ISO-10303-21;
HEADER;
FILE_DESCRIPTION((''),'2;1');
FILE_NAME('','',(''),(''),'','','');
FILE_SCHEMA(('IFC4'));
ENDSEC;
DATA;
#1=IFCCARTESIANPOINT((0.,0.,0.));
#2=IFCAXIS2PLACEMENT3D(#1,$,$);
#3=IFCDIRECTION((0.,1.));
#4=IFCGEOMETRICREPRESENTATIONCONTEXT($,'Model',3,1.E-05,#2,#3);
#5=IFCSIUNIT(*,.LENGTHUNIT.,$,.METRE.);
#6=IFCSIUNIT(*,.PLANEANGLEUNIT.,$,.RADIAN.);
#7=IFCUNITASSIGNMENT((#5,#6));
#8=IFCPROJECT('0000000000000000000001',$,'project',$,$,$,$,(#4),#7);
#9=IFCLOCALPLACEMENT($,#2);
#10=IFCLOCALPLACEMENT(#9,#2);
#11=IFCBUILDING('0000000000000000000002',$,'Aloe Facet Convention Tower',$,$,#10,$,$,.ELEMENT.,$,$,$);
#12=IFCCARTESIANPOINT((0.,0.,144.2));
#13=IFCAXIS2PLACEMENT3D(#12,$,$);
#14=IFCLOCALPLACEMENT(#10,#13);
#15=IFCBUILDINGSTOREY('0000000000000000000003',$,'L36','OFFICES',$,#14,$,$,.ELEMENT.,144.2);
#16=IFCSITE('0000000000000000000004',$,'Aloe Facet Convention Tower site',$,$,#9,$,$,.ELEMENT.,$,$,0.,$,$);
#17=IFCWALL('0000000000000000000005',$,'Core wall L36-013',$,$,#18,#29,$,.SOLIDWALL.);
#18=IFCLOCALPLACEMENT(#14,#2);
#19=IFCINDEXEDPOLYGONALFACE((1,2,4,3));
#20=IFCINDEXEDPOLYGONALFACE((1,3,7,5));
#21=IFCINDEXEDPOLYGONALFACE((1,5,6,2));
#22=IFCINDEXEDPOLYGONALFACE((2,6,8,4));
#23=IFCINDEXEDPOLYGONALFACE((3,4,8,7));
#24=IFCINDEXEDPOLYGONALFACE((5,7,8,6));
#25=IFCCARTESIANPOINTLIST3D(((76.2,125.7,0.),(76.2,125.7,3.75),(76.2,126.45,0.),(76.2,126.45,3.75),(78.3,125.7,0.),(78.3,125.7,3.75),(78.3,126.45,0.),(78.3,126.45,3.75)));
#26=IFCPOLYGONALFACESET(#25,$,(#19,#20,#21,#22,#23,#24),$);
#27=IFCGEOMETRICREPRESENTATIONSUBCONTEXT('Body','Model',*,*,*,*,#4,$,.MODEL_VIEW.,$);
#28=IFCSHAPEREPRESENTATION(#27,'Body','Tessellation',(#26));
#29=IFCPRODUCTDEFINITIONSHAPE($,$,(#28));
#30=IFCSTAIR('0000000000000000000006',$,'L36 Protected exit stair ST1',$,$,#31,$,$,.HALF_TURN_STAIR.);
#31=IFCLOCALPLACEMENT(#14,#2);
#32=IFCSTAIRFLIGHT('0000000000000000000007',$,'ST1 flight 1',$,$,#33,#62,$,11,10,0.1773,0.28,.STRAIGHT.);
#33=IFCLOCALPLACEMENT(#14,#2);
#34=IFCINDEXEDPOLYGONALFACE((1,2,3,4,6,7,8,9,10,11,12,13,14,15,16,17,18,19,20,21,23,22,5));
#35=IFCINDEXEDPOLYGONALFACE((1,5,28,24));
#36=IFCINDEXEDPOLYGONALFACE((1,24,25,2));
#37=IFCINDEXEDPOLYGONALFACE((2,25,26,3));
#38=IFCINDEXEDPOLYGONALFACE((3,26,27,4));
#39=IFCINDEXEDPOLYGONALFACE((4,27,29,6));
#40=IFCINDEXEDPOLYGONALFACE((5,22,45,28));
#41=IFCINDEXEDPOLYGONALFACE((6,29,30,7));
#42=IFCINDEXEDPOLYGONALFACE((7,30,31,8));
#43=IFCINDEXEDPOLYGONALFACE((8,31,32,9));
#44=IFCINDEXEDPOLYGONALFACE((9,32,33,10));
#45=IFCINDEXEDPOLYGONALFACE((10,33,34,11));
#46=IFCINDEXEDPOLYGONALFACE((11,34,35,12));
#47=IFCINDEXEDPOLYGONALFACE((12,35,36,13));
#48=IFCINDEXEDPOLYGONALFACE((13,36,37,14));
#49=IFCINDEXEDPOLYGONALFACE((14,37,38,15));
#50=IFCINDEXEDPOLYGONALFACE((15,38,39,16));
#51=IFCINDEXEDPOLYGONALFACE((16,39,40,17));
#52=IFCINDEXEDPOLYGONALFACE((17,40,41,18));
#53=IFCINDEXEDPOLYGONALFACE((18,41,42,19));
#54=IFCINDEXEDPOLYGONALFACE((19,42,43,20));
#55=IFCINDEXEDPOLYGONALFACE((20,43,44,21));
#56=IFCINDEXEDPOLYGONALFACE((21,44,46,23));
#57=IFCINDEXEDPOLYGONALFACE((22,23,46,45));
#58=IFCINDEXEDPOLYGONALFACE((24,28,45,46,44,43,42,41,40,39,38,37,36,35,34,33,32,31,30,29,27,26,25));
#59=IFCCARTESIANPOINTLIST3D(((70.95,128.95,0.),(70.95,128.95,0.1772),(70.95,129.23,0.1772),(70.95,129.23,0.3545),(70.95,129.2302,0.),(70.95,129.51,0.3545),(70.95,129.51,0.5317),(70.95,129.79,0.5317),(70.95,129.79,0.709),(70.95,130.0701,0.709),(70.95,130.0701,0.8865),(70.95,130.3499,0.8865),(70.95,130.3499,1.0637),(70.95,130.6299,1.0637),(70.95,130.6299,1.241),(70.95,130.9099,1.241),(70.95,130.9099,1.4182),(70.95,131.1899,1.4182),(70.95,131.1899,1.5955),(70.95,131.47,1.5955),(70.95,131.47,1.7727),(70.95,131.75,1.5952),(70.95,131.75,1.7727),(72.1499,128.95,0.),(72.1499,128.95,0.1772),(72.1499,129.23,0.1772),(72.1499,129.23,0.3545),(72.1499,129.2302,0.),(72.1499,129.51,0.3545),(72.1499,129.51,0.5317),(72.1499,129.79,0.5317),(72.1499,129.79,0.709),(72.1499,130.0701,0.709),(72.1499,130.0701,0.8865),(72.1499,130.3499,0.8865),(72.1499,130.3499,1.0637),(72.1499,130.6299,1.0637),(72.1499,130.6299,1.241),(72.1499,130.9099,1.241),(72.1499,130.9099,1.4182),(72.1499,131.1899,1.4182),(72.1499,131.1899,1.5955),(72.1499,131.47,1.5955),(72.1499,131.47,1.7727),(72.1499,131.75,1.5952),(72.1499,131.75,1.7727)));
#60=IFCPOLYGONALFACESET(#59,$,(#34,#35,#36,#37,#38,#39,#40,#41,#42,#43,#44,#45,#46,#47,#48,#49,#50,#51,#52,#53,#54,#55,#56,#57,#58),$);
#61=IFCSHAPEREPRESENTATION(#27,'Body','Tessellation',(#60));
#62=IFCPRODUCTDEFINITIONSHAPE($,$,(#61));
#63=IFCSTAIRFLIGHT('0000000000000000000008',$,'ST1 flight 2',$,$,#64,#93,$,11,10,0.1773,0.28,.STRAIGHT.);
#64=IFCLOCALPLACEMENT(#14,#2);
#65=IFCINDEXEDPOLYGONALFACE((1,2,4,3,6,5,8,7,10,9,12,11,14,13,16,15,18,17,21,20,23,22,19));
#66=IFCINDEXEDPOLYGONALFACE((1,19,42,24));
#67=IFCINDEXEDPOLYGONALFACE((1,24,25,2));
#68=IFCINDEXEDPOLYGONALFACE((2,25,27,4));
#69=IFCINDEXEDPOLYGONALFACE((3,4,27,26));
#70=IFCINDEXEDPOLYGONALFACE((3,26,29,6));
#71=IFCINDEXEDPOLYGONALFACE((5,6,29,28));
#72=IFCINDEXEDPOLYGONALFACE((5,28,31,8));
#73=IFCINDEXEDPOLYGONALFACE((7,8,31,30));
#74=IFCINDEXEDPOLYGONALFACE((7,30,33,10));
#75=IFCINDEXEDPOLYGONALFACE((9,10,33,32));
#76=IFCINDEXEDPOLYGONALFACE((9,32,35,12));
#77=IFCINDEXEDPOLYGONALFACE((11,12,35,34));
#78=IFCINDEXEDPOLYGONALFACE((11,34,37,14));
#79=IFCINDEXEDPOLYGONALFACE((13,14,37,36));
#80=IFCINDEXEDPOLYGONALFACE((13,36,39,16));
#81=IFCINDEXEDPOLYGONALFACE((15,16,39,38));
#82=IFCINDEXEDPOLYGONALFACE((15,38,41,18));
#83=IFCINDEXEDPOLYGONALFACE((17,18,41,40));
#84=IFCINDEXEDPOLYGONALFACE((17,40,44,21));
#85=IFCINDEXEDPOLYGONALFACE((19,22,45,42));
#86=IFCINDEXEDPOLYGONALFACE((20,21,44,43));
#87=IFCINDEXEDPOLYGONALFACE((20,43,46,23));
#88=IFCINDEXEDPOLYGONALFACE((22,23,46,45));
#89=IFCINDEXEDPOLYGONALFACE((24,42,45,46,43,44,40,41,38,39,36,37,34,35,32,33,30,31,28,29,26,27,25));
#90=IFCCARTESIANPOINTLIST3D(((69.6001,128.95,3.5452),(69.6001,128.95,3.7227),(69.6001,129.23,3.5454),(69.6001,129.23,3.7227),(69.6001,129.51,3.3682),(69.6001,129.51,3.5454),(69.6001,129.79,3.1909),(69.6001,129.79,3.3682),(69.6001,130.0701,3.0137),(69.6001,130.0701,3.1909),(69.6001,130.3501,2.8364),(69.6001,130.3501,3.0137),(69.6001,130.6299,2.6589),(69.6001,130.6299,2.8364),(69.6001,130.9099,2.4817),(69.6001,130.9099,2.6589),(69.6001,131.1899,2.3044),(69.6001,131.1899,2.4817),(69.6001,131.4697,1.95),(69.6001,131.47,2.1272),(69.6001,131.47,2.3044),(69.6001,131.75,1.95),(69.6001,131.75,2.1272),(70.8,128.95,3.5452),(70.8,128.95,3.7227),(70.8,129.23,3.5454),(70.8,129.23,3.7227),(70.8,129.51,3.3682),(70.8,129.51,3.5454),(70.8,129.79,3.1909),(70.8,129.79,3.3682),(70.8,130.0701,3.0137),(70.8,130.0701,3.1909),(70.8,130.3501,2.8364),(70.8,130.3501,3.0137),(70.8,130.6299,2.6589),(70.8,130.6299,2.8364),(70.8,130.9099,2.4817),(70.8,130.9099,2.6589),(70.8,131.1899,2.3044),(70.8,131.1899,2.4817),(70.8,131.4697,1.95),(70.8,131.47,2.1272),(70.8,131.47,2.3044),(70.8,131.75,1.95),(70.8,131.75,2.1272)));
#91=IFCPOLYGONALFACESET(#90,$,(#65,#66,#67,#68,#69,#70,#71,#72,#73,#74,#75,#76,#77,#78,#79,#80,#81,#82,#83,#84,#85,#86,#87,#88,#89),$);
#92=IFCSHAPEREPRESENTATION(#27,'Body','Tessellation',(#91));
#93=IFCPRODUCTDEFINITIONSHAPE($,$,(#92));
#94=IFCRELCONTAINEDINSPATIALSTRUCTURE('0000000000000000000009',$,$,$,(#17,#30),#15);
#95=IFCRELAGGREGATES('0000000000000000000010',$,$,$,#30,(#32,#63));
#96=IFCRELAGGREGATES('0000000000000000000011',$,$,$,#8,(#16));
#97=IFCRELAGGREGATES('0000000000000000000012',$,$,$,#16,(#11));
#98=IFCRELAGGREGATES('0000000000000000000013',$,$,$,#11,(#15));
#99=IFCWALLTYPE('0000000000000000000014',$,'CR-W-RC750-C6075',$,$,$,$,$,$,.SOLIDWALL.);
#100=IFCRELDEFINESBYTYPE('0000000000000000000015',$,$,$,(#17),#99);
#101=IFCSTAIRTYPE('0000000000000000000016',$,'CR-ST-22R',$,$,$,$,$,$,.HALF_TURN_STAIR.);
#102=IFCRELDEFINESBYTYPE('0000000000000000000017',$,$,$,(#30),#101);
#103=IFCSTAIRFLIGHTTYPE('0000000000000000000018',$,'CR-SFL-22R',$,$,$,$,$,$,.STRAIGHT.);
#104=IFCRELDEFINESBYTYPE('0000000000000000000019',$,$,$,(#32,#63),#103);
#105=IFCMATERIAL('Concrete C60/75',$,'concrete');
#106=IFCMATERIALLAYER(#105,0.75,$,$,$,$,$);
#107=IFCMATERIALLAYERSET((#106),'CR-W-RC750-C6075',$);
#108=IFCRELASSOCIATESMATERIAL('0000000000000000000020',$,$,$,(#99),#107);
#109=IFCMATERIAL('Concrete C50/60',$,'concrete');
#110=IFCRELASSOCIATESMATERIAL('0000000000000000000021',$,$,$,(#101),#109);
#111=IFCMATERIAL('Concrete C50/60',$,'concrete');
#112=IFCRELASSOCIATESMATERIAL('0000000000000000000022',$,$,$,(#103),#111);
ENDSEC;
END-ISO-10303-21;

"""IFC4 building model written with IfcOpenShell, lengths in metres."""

from ifc_helpers import new_model, si_unit, direction, frame, frame_2d, origin, place, context, subcontext, project, spatial, polyline, rectangle, outline, extrude, material, layer, layer_set, type_object, element, aggregate, save


model = new_model("IFC4")

# Units and contexts
model_context = context("Model", 3, precision=1e-05, world=origin(), true_north=direction((0.0, 1.0)))
body_context = subcontext(model_context, "Body", "Model", "MODEL_VIEW")
ifc_project = project(units=[si_unit("LENGTHUNIT", "METRE"), si_unit("PLANEANGLEUNIT", "RADIAN")], contexts=[model_context])

# Site, building, storey
site_placement = place(None, origin())
site = spatial("IfcSite", under=ifc_project, at=site_placement, Name="Aloe Facet Convention Tower site", CompositionType="ELEMENT", RefElevation=0.0)
building_placement = place(site_placement, origin())
building = spatial("IfcBuilding", under=site, at=building_placement, Name="Aloe Facet Convention Tower", CompositionType="ELEMENT")
storey_placement = place(building_placement, frame((0.0, 0.0, 144.2)))
storey = spatial("IfcBuildingStorey", under=building, at=storey_placement, Name="L36", Description="OFFICES", CompositionType="ELEMENT", Elevation=144.2)

# Wall
ifc_material_1 = material(Name="Concrete C60/75", Category="concrete")
ifc_layer_1 = layer(ifc_material_1, 0.75)
ifc_layer_set_1 = layer_set([ifc_layer_1], Name="CR-W-RC750-C6075")
wall_type_1 = type_object("IfcWallType", Name="CR-W-RC750-C6075", PredefinedType="SOLIDWALL", material=ifc_layer_set_1)
wall_1_placement = place(storey_placement, frame((76.2, 126.075, 0.0), z_axis=(0.0, 0.0, 1.0), x_axis=(1.0, 0.0, 0.0)))
element("IfcWall", 1, at=wall_1_placement, inside=storey, type_object=wall_type_1, Name="Core wall L36-013", PredefinedType="SOLIDWALL", context=body_context, shape_type="SweptSolid", body=[
    extrude(rectangle(XDim=2.1001, YDim=0.75, at=frame_2d((1.05, 0.0))), origin(), (0.0, 0.0, 1.0), 3.75),
])

# Stair, stair flights
ifc_material_2 = material(Name="Concrete C50/60", Category="concrete")
stair_type = type_object("IfcStairType", Name="CR-ST-22R", PredefinedType="HALF_TURN_STAIR", material=ifc_material_2)
stair_placement = place(storey_placement, origin())
stair = element("IfcStair", 2, at=stair_placement, inside=storey, type_object=stair_type, Name="L36 Protected exit stair ST1", PredefinedType="HALF_TURN_STAIR")
ifc_material_3 = material(Name="Concrete C50/60", Category="concrete")
stair_flight_type = type_object("IfcStairFlightType", Name="CR-SFL-22R", PredefinedType="STRAIGHT", material=ifc_material_3)
stair_flight_1_placement = place(storey_placement, frame((71.55, 128.95, 0.0), z_axis=(0.0, 0.0, 1.0), x_axis=(0.0, 1.0, 0.0)))
stair_flight_1 = element("IfcStairFlight", 3, at=stair_flight_1_placement, type_object=stair_flight_type, Name="ST1 flight 1", NumberOfRisers=11, NumberOfTreads=10, PredefinedType="STRAIGHT", RiserHeight=0.1773, TreadLength=0.28, context=body_context, shape_type="SweptSolid", body=[
    extrude(outline(polyline([(0.0, 0.0), (0.0, 0.1772), (0.28, 0.1772), (0.28, 0.3545), (0.5601, 0.3545), (0.5601, 0.5317), (0.8401, 0.5317), (0.8401, 0.709), (1.1201, 0.709), (1.1201, 0.8865), (1.3999, 0.8865), (1.3999, 1.0637), (1.6799, 1.0637), (1.6799, 1.241), (1.96, 1.241), (1.96, 1.4182), (2.24, 1.4182), (2.24, 1.5955), (2.52, 1.5955), (2.52, 1.7727), (2.8, 1.7727), (2.8, 1.95), (2.8, 1.5952), (0.2803, 0.0), (0.0, 0.0)])), frame((0.0, 0.6001, 0.0), z_axis=(0.0, -1.0, 0.0), x_axis=(1.0, 0.0, 0.0)), (0.0, 0.0, 1.0), 1.2),
])
stair_flight_2_placement = place(storey_placement, frame((70.2, 131.75, 1.95), z_axis=(0.0, 0.0, 1.0), x_axis=(0.0, -1.0, 0.0)))
stair_flight_2 = element("IfcStairFlight", 4, at=stair_flight_2_placement, type_object=stair_flight_type, Name="ST1 flight 2", NumberOfRisers=11, NumberOfTreads=10, PredefinedType="STRAIGHT", RiserHeight=0.1773, TreadLength=0.28, context=body_context, shape_type="SweptSolid", body=[
    extrude(outline(polyline([(0.0, 0.0), (0.0, 0.1772), (0.28, 0.1772), (0.28, 0.3545), (0.5601, 0.3545), (0.5601, 0.5317), (0.8401, 0.5317), (0.8401, 0.709), (1.1201, 0.709), (1.1201, 0.8865), (1.3999, 0.8865), (1.3999, 1.0637), (1.6799, 1.0637), (1.6799, 1.241), (1.96, 1.241), (1.96, 1.4182), (2.24, 1.4182), (2.24, 1.5955), (2.52, 1.5955), (2.52, 1.7727), (2.8, 1.7727), (2.8, 1.95), (2.8, 1.5952), (0.2803, 0.0), (0.0, 0.0)])), frame((0.0, 0.6001, 0.0), z_axis=(0.0, -1.0, 0.0), x_axis=(1.0, 0.0, 0.0)), (0.0, 0.0, 1.0), 1.2),
])
aggregate(stair, [stair_flight_1, stair_flight_2])

save(model, "model.ifc")
